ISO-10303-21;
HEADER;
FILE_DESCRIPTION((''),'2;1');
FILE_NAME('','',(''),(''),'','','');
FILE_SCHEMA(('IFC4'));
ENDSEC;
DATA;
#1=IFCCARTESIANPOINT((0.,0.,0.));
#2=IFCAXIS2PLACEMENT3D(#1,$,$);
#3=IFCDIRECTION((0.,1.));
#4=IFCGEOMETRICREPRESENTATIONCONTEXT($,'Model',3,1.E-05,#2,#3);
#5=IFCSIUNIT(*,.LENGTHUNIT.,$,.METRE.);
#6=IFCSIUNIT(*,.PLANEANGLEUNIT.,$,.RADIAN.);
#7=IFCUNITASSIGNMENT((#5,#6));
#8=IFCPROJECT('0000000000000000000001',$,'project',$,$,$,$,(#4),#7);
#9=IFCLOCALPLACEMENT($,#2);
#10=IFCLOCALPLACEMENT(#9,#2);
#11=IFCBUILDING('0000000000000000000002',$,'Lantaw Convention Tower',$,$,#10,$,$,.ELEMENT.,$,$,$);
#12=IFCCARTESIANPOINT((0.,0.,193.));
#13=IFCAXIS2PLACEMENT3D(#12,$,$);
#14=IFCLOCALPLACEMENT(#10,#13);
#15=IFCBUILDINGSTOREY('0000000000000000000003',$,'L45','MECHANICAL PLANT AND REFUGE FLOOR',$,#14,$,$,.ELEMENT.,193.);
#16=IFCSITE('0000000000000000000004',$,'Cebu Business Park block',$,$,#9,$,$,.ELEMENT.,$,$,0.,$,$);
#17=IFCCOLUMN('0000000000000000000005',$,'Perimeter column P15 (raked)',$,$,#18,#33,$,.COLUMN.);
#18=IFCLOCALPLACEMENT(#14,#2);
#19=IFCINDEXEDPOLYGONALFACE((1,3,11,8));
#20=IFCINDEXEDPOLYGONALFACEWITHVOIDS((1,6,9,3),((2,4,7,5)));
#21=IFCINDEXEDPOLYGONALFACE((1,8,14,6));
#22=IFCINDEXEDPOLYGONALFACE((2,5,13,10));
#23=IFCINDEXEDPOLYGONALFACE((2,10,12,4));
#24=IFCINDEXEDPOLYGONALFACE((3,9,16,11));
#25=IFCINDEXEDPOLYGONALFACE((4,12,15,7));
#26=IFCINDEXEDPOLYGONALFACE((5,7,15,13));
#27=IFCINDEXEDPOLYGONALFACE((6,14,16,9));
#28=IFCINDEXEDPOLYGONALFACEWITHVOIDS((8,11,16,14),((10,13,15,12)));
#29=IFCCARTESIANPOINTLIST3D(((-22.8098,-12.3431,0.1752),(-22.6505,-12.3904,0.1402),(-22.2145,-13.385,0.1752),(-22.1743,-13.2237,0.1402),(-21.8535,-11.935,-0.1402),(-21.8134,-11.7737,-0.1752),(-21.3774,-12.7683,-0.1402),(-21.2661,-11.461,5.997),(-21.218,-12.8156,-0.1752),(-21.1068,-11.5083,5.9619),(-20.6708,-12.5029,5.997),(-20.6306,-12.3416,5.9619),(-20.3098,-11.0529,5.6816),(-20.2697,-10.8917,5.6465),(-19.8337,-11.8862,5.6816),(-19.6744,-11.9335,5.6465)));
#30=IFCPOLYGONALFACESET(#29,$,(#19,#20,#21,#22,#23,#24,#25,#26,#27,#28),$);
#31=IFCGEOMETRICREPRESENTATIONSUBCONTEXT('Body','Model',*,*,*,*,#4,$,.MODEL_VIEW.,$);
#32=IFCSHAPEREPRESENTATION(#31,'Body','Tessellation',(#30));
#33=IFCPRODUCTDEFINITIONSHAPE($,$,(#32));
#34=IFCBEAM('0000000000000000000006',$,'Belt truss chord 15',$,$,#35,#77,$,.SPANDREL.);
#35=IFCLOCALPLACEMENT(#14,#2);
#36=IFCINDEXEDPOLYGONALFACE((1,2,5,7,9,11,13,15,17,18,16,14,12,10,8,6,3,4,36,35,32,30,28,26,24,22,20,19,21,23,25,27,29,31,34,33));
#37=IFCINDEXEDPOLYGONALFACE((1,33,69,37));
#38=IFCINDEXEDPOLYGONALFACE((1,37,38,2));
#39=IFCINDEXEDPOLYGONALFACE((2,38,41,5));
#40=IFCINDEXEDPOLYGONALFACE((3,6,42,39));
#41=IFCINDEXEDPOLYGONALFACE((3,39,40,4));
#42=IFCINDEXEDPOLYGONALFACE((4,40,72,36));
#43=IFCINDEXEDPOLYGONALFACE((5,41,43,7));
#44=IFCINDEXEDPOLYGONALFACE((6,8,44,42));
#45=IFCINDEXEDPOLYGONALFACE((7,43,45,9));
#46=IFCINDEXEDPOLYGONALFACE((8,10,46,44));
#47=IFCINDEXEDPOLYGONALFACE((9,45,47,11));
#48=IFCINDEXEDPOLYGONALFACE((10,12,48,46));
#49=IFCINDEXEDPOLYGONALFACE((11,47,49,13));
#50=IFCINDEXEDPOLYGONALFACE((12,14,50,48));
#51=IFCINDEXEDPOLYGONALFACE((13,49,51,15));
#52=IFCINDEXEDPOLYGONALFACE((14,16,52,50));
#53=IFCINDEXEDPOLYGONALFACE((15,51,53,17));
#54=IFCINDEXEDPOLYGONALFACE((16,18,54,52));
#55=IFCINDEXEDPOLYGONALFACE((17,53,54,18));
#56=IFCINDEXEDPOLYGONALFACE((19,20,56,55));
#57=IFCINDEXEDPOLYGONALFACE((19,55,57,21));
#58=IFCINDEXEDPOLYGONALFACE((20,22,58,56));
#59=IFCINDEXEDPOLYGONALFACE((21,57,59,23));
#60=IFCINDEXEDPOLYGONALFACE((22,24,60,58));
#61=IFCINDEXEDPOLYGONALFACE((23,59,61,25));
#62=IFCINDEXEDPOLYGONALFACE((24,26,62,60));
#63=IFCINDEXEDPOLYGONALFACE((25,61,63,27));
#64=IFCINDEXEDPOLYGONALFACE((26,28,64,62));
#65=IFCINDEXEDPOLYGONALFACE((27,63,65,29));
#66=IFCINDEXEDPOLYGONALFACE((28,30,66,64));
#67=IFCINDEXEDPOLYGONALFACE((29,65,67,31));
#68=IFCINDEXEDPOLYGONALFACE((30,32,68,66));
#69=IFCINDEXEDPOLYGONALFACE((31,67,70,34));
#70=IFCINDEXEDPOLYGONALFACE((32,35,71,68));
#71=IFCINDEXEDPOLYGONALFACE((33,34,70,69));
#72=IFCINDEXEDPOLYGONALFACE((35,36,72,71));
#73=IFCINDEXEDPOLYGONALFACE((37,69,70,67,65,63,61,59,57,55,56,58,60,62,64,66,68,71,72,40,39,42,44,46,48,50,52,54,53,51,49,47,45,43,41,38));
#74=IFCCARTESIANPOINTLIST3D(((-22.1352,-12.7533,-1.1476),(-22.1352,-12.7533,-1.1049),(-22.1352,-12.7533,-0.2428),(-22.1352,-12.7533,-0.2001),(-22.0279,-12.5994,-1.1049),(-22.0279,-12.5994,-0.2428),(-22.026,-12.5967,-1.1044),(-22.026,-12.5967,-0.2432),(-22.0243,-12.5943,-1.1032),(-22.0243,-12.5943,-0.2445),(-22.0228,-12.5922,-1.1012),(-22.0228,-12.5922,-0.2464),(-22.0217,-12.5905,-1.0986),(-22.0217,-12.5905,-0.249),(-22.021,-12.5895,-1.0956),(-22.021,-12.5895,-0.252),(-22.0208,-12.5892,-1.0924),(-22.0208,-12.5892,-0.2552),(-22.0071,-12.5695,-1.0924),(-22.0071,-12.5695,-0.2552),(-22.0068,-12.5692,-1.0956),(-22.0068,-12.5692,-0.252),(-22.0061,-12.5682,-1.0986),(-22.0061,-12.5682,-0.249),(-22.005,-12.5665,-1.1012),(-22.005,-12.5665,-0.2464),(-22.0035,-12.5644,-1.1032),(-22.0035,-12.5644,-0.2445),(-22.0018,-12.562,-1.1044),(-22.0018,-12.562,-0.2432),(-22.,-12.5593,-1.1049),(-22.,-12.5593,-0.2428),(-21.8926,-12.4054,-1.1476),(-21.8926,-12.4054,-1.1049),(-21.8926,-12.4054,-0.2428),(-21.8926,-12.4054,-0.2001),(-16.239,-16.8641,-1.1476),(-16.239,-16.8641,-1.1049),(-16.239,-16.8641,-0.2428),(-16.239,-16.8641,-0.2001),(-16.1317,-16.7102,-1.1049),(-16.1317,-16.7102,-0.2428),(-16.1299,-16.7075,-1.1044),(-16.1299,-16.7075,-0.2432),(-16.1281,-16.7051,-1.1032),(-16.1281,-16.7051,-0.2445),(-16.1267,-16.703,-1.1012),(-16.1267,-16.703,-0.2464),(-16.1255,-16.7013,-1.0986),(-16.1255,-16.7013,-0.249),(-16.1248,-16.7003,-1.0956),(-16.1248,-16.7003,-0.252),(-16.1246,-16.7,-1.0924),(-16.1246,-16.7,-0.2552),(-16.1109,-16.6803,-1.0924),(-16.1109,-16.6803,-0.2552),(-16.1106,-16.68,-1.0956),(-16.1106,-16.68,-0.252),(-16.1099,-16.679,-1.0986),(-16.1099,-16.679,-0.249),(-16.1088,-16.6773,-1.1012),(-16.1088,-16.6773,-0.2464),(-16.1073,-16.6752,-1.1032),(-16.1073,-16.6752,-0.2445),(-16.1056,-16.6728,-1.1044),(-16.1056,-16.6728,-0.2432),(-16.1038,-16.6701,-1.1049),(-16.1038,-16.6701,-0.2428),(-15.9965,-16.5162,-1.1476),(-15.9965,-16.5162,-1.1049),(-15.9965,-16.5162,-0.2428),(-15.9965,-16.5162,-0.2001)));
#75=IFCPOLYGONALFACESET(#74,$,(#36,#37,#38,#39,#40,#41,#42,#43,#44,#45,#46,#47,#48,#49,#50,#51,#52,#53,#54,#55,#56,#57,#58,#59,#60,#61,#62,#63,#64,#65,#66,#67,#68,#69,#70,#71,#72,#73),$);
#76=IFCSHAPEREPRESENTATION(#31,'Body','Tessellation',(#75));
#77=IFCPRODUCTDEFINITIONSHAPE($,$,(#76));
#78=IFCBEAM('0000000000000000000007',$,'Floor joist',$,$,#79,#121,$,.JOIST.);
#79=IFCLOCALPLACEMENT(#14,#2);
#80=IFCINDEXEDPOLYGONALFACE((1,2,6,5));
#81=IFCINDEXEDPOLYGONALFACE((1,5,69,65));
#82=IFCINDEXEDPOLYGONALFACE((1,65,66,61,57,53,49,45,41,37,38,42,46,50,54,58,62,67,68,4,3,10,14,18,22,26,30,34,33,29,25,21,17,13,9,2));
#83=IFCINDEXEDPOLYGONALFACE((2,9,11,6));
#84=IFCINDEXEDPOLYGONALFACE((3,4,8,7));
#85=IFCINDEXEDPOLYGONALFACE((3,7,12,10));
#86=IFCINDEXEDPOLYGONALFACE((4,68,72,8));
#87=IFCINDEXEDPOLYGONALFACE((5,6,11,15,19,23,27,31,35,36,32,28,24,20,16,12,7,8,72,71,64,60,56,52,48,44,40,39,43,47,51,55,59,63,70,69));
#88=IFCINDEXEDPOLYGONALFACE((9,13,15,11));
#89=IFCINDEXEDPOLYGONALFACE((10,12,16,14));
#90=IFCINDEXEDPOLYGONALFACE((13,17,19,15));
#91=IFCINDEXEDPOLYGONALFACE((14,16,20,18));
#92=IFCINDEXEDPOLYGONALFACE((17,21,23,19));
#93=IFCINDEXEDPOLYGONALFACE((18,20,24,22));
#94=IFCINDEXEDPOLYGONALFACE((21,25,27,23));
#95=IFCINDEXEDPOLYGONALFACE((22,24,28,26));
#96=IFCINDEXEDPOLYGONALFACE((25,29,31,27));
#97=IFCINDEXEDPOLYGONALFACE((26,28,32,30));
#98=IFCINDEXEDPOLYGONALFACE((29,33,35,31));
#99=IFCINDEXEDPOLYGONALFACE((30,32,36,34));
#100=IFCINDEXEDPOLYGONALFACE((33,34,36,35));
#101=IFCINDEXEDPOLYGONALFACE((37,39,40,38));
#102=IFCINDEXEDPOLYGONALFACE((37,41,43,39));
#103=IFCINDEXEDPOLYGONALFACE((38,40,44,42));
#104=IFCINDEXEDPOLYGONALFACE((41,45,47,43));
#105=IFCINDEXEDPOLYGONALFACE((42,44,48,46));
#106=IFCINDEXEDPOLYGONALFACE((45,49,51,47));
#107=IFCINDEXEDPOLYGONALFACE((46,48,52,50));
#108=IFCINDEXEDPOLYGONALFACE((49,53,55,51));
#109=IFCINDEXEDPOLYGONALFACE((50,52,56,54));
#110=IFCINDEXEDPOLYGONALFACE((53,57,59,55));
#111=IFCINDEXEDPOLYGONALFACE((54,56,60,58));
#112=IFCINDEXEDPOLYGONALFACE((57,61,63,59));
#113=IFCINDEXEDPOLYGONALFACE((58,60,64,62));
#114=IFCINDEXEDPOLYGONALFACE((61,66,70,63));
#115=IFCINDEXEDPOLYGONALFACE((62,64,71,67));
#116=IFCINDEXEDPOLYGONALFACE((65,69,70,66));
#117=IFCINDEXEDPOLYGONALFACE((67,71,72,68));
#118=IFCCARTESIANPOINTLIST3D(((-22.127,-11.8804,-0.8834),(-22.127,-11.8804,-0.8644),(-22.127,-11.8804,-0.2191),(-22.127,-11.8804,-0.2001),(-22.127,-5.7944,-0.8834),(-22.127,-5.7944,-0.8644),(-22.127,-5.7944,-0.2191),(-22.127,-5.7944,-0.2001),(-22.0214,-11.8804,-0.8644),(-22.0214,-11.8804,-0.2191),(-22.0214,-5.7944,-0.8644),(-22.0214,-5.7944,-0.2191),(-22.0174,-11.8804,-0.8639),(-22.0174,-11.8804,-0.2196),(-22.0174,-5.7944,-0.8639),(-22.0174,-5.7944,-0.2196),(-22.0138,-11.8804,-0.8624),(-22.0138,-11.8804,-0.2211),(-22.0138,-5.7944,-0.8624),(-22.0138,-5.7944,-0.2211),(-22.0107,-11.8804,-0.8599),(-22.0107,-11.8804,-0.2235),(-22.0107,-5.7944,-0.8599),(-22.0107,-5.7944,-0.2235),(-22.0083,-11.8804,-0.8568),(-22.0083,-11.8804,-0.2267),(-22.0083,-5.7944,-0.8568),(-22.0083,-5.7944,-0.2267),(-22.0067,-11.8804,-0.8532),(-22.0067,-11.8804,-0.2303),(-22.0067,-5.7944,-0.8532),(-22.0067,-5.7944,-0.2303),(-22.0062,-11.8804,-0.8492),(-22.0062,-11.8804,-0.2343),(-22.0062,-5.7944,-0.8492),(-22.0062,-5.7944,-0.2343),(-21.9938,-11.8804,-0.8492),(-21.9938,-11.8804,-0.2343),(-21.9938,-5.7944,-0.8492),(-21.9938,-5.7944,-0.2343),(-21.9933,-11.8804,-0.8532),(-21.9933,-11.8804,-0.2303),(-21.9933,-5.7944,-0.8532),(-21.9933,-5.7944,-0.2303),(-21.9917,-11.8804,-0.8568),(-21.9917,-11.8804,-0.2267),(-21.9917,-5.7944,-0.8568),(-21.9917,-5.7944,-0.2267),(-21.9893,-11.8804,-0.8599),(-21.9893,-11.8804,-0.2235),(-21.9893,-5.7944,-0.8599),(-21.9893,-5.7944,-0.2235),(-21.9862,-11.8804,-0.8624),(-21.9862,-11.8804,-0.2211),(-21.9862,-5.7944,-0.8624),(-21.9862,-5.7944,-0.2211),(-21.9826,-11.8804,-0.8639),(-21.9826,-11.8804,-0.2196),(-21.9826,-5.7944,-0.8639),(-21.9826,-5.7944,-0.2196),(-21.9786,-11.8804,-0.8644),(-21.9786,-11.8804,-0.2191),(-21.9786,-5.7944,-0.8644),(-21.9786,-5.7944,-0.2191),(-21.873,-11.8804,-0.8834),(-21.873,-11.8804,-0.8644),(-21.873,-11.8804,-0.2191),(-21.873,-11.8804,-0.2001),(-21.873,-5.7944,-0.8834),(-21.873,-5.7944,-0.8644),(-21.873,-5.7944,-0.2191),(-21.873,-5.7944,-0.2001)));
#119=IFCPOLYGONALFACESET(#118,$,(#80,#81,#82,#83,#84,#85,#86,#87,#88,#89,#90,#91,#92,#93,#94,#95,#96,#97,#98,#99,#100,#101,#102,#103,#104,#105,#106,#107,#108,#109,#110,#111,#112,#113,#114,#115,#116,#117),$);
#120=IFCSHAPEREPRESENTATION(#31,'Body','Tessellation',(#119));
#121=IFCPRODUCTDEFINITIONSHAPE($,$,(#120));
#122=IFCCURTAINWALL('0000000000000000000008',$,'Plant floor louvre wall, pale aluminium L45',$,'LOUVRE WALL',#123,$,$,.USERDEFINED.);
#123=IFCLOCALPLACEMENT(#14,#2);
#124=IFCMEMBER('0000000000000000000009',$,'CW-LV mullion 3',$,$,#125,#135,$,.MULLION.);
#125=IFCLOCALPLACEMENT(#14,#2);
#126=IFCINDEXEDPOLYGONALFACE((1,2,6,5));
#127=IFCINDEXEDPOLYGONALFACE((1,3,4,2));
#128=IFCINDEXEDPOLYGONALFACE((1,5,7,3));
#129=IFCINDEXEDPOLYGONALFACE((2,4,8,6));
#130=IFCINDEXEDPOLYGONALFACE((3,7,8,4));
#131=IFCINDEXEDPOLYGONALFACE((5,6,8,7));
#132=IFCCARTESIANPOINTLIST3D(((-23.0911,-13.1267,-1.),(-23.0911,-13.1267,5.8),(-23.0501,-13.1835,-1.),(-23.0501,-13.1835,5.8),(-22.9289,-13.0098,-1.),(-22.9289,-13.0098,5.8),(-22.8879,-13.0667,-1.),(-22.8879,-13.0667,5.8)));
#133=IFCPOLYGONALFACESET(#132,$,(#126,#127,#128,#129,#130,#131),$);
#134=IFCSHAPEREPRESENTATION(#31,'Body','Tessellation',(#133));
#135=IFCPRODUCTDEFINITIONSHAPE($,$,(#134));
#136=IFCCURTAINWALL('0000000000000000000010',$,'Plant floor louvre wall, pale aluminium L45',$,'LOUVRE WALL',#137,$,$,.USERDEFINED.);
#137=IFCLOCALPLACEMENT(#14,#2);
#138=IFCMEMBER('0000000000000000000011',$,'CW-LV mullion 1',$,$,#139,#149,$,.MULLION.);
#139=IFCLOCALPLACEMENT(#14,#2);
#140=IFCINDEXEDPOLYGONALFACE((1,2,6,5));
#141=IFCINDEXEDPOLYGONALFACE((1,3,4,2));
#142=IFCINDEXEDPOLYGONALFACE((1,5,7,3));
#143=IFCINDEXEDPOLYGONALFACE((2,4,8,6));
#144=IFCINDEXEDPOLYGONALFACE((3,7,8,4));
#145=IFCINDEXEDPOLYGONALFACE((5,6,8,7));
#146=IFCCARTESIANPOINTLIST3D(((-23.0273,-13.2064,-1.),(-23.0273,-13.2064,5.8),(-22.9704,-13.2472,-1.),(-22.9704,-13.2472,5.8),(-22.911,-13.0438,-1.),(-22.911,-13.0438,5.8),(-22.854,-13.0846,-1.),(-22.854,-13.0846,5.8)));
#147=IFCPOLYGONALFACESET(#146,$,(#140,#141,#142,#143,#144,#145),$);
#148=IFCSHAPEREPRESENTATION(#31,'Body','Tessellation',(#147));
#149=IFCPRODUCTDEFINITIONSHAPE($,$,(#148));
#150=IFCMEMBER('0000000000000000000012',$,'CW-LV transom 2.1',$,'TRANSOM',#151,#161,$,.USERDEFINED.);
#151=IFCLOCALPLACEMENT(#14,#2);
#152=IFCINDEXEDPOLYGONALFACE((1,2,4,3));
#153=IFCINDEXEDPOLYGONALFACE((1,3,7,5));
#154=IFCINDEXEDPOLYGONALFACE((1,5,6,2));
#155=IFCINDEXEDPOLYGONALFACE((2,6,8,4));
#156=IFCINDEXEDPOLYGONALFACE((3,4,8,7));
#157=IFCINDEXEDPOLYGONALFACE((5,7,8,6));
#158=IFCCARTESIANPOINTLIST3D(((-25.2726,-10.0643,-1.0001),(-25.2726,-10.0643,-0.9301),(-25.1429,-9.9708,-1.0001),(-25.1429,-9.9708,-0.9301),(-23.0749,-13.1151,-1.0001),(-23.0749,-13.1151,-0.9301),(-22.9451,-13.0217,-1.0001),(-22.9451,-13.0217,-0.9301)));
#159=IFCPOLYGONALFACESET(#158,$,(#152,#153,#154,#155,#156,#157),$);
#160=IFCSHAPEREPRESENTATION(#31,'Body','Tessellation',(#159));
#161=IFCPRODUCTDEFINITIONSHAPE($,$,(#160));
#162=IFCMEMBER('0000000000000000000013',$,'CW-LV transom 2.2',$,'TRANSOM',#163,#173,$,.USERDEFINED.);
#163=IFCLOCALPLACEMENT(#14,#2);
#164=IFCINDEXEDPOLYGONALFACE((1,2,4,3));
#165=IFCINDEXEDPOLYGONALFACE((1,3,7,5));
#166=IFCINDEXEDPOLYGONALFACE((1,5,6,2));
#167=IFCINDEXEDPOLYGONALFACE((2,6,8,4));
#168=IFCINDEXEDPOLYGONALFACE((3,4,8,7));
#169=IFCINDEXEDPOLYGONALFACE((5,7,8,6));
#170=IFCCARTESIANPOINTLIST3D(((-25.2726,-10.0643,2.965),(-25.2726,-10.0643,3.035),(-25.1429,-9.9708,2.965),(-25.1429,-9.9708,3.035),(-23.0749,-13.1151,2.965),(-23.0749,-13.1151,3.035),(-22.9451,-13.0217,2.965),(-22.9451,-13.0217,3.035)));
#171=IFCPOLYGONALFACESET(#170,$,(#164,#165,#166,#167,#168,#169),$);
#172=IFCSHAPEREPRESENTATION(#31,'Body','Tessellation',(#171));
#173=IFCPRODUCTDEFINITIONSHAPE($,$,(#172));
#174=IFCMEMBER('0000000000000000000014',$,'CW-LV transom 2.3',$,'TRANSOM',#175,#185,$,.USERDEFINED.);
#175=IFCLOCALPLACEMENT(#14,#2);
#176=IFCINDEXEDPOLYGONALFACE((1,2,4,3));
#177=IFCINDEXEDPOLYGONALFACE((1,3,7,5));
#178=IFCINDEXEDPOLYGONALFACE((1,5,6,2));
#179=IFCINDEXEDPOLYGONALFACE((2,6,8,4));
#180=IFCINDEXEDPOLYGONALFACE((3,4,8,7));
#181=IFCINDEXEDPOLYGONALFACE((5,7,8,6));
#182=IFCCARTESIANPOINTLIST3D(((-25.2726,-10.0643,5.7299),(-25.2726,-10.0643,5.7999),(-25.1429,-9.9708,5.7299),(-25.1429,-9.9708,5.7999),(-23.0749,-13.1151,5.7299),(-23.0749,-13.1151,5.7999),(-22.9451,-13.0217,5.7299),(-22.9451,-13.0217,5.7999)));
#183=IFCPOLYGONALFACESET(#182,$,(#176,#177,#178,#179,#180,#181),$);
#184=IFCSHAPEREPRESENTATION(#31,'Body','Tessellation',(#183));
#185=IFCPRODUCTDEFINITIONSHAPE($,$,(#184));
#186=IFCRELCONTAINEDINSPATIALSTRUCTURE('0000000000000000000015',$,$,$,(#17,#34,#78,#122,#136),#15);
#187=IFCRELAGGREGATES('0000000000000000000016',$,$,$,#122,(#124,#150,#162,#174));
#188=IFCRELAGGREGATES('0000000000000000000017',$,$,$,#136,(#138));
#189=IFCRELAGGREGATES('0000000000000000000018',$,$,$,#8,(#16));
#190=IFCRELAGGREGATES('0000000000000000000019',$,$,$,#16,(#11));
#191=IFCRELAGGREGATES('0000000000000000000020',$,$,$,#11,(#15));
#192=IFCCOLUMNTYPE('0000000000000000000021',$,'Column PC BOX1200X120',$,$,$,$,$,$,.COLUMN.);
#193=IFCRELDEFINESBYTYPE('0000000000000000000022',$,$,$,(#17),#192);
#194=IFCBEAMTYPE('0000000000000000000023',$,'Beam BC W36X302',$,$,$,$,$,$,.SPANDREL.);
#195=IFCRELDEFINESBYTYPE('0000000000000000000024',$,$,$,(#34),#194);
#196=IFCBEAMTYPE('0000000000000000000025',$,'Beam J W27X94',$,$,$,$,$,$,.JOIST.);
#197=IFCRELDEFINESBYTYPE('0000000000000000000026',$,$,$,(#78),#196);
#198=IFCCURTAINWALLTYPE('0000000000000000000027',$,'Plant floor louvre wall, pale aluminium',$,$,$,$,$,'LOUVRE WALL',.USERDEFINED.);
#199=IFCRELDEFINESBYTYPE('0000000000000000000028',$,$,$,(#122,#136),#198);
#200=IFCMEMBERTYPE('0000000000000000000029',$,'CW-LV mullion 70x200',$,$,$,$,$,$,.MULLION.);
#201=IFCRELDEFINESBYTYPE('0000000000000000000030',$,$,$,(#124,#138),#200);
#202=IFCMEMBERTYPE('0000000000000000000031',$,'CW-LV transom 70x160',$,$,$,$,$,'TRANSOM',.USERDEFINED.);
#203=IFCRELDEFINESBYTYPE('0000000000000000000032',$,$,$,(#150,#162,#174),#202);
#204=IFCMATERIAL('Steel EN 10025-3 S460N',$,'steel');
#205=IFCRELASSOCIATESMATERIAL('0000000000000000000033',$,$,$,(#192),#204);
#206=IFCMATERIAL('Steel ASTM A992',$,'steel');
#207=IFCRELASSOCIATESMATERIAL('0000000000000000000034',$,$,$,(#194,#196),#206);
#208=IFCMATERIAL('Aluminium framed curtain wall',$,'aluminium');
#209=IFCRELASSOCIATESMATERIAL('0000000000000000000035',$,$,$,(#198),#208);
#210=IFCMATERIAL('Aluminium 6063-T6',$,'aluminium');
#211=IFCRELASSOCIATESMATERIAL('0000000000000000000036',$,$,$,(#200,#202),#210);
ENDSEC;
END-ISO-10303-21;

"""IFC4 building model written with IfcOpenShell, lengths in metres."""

from ifc_helpers import new_model, si_unit, direction, frame, origin, origin_2d, place, context, subcontext, project, spatial, rectangle, hollow_rectangle, i_section, extrude, material, material_profile, profile_set, type_object, element, aggregate, save


model = new_model("IFC4")

# Units and contexts
model_context = context("Model", 3, precision=1e-05, world=origin(), true_north=direction((0.0, 1.0)))
body_context = subcontext(model_context, "Body", "Model", "MODEL_VIEW")
ifc_project = project(units=[si_unit("LENGTHUNIT", "METRE"), si_unit("PLANEANGLEUNIT", "RADIAN")], contexts=[model_context])

# Site, building, storey
site_placement = place(None, origin())
site = spatial("IfcSite", under=ifc_project, at=site_placement, Name="Cebu Business Park block", CompositionType="ELEMENT", RefElevation=0.0)
building_placement = place(site_placement, origin())
building = spatial("IfcBuilding", under=site, at=building_placement, Name="Lantaw Convention Tower", CompositionType="ELEMENT")
storey_placement = place(building_placement, frame((0.0, 0.0, 193.0)))
storey = spatial("IfcBuildingStorey", under=building, at=storey_placement, Name="L45", Description="MECHANICAL PLANT AND REFUGE FLOOR", CompositionType="ELEMENT", Elevation=193.0)

# Column
ifc_material_1 = material(Name="Steel EN 10025-3 S460N", Category="steel")
ifc_material_profile_1 = material_profile(ifc_material_1, hollow_rectangle(XDim=1.2, YDim=1.2, WallThickness=0.1201, at=origin_2d()), Name="BOX1200X120")
ifc_material_2 = material(Name="Concrete C60/75", Category="concrete")
ifc_material_profile_2 = material_profile(ifc_material_2, rectangle(XDim=0.96, YDim=0.96, at=origin_2d()), Name="Concrete fill of BOX1200X120")
ifc_profile_set_1 = profile_set([ifc_material_profile_1, ifc_material_profile_2], Name="Steel EN 10025-3 S460N")
column_type = type_object("IfcColumnType", Name="Column PC BOX1200X120", PredefinedType="COLUMN", material=ifc_profile_set_1)
column_placement = place(storey_placement, frame((-22.0139, -12.5793, 0.0), z_axis=(0.253597, 0.144907, 0.956394), x_axis=(-0.496124, 0.868252, 0.0)))
element("IfcColumn", 1, at=column_placement, inside=storey, type_object=column_type, Name="Perimeter column P15 (raked)", PredefinedType="COLUMN", context=body_context, shape_type="SweptSolid", body=[
    extrude(hollow_rectangle(XDim=1.2, YDim=1.2, WallThickness=0.1201, at=origin_2d()), origin(), (0.0, 0.0, 1.0), 6.0872),
])

# Beams
ifc_material_3 = material(Name="Steel ASTM A992", Category="steel")
ifc_material_profile_3 = material_profile(ifc_material_3, i_section(OverallWidth=0.4241, OverallDepth=0.9475, WebThickness=0.0239, FlangeThickness=0.0427, FilletRadius=0.0125, at=origin_2d()), Name="W36X302")
ifc_profile_set_2 = profile_set([ifc_material_profile_3], Name="Steel ASTM A992")
beam_type_1 = type_object("IfcBeamType", Name="Beam BC W36X302", PredefinedType="SPANDREL", material=ifc_profile_set_2)
beam_1_placement = place(storey_placement, frame((-22.0139, -12.5793, -0.6738), z_axis=(0.820311, -0.571918, 0.0), x_axis=(0.571918, 0.820311, 0.0)))
element("IfcBeam", 2, at=beam_1_placement, inside=storey, type_object=beam_type_1, Name="Belt truss chord 15", PredefinedType="SPANDREL", context=body_context, shape_type="SweptSolid", body=[
    extrude(i_section(OverallWidth=0.4241, OverallDepth=0.9475, WebThickness=0.0239, FlangeThickness=0.0427, FilletRadius=0.0125, at=origin_2d()), origin(), (0.0, 0.0, 1.0), 7.1877),
])
ifc_material_profile_4 = material_profile(ifc_material_3, i_section(OverallWidth=0.2539, OverallDepth=0.6833, WebThickness=0.0125, FlangeThickness=0.019, FilletRadius=0.0151, at=origin_2d()), Name="W27X94")
ifc_profile_set_3 = profile_set([ifc_material_profile_4], Name="Steel ASTM A992")
beam_type_2 = type_object("IfcBeamType", Name="Beam J W27X94", PredefinedType="JOIST", material=ifc_profile_set_3)
beam_2_placement = place(storey_placement, frame((-22.0, -11.8804, -0.5417), z_axis=(0.0, 1.0, 0.0), x_axis=(-1.0, 0.0, 0.0)))
element("IfcBeam", 3, at=beam_2_placement, inside=storey, type_object=beam_type_2, Name="Floor joist", PredefinedType="JOIST", context=body_context, shape_type="SweptSolid", body=[
    extrude(i_section(OverallWidth=0.2539, OverallDepth=0.6833, WebThickness=0.0125, FlangeThickness=0.019, FilletRadius=0.0151, at=origin_2d()), origin(), (0.0, 0.0, 1.0), 6.0859),
])

# Curtain walls, members
ifc_material_4 = material(Name="Aluminium framed curtain wall", Category="aluminium")
curtain_wall_type = type_object("IfcCurtainWallType", Name="Plant floor louvre wall, pale aluminium", ElementType="LOUVRE WALL", PredefinedType="USERDEFINED", material=ifc_material_4)
curtain_wall_1_placement = place(storey_placement, origin())
curtain_wall_1 = element("IfcCurtainWall", 4, at=curtain_wall_1_placement, inside=storey, type_object=curtain_wall_type, Name="Plant floor louvre wall, pale aluminium L45", ObjectType="LOUVRE WALL", PredefinedType="USERDEFINED")
ifc_material_5 = material(Name="Aluminium 6063-T6", Category="aluminium")
ifc_material_profile_5 = material_profile(ifc_material_5, rectangle(XDim=0.2, YDim=0.0701, at=origin_2d()), Name="CW-LV mullion 70x200")
ifc_profile_set_4 = profile_set([ifc_material_profile_5], Name="Aluminium 6063-T6")
member_type_1 = type_object("IfcMemberType", Name="CW-LV mullion 70x200", PredefinedType="MULLION", material=ifc_profile_set_4)
member_1_placement = place(storey_placement, frame((-22.9895, -13.0967, -1.0), z_axis=(0.0, 0.0, 1.0), x_axis=(0.811385, 0.584513, 0.0)))
member_1 = element("IfcMember", 5, at=member_1_placement, type_object=member_type_1, Name="CW-LV mullion 3", PredefinedType="MULLION", context=body_context, shape_type="SweptSolid", body=[
    extrude(rectangle(XDim=0.2, YDim=0.0701, at=origin_2d()), origin(), (0.0, 0.0, 1.0), 6.8),
])
curtain_wall_2_placement = place(storey_placement, origin())
curtain_wall_2 = element("IfcCurtainWall", 6, at=curtain_wall_2_placement, inside=storey, type_object=curtain_wall_type, Name="Plant floor louvre wall, pale aluminium L45", ObjectType="LOUVRE WALL", PredefinedType="USERDEFINED")
member_2_placement = place(storey_placement, frame((-22.9407, -13.1455, -1.0), z_axis=(0.0, 0.0, 1.0), x_axis=(0.581973, 0.813208, 0.0)))
member_2 = element("IfcMember", 7, at=member_2_placement, type_object=member_type_1, Name="CW-LV mullion 1", PredefinedType="MULLION", context=body_context, shape_type="SweptSolid", body=[
    extrude(rectangle(XDim=0.2, YDim=0.0701, at=origin_2d()), origin(), (0.0, 0.0, 1.0), 6.8),
])

# Members
ifc_material_profile_6 = material_profile(ifc_material_5, rectangle(XDim=0.1599, YDim=0.0701, at=origin_2d()), Name="CW-LV transom 70x160")
ifc_profile_set_5 = profile_set([ifc_material_profile_6], Name="Aluminium 6063-T6")
member_type_2 = type_object("IfcMemberType", Name="CW-LV transom 70x160", ElementType="TRANSOM", PredefinedType="USERDEFINED", material=ifc_profile_set_5)
member_3_placement = place(storey_placement, frame((-25.2078, -10.0176, -0.9651), z_axis=(0.584513, -0.811384, 0.0), x_axis=(0.811384, 0.584513, 0.0)))
member_3 = element("IfcMember", 8, at=member_3_placement, type_object=member_type_2, Name="CW-LV transom 2.1", ObjectType="TRANSOM", PredefinedType="USERDEFINED", context=body_context, shape_type="SweptSolid", body=[
    extrude(rectangle(XDim=0.1599, YDim=0.0701, at=origin_2d()), origin(), (0.0, 0.0, 1.0), 3.76),
])
member_4_placement = place(storey_placement, frame((-25.2078, -10.0176, 3.0), z_axis=(0.584513, -0.811384, 0.0), x_axis=(0.811384, 0.584513, 0.0)))
member_4 = element("IfcMember", 9, at=member_4_placement, type_object=member_type_2, Name="CW-LV transom 2.2", ObjectType="TRANSOM", PredefinedType="USERDEFINED", context=body_context, shape_type="SweptSolid", body=[
    extrude(rectangle(XDim=0.1599, YDim=0.0701, at=origin_2d()), origin(), (0.0, 0.0, 1.0), 3.76),
])
member_5_placement = place(storey_placement, frame((-25.2078, -10.0176, 5.7649), z_axis=(0.584513, -0.811384, 0.0), x_axis=(0.811384, 0.584513, 0.0)))
member_5 = element("IfcMember", 10, at=member_5_placement, type_object=member_type_2, Name="CW-LV transom 2.3", ObjectType="TRANSOM", PredefinedType="USERDEFINED", context=body_context, shape_type="SweptSolid", body=[
    extrude(rectangle(XDim=0.1599, YDim=0.0701, at=origin_2d()), origin(), (0.0, 0.0, 1.0), 3.76),
])

aggregate(curtain_wall_1, [member_1, member_3, member_4, member_5])
aggregate(curtain_wall_2, [member_2])

save(model, "model.ifc")
